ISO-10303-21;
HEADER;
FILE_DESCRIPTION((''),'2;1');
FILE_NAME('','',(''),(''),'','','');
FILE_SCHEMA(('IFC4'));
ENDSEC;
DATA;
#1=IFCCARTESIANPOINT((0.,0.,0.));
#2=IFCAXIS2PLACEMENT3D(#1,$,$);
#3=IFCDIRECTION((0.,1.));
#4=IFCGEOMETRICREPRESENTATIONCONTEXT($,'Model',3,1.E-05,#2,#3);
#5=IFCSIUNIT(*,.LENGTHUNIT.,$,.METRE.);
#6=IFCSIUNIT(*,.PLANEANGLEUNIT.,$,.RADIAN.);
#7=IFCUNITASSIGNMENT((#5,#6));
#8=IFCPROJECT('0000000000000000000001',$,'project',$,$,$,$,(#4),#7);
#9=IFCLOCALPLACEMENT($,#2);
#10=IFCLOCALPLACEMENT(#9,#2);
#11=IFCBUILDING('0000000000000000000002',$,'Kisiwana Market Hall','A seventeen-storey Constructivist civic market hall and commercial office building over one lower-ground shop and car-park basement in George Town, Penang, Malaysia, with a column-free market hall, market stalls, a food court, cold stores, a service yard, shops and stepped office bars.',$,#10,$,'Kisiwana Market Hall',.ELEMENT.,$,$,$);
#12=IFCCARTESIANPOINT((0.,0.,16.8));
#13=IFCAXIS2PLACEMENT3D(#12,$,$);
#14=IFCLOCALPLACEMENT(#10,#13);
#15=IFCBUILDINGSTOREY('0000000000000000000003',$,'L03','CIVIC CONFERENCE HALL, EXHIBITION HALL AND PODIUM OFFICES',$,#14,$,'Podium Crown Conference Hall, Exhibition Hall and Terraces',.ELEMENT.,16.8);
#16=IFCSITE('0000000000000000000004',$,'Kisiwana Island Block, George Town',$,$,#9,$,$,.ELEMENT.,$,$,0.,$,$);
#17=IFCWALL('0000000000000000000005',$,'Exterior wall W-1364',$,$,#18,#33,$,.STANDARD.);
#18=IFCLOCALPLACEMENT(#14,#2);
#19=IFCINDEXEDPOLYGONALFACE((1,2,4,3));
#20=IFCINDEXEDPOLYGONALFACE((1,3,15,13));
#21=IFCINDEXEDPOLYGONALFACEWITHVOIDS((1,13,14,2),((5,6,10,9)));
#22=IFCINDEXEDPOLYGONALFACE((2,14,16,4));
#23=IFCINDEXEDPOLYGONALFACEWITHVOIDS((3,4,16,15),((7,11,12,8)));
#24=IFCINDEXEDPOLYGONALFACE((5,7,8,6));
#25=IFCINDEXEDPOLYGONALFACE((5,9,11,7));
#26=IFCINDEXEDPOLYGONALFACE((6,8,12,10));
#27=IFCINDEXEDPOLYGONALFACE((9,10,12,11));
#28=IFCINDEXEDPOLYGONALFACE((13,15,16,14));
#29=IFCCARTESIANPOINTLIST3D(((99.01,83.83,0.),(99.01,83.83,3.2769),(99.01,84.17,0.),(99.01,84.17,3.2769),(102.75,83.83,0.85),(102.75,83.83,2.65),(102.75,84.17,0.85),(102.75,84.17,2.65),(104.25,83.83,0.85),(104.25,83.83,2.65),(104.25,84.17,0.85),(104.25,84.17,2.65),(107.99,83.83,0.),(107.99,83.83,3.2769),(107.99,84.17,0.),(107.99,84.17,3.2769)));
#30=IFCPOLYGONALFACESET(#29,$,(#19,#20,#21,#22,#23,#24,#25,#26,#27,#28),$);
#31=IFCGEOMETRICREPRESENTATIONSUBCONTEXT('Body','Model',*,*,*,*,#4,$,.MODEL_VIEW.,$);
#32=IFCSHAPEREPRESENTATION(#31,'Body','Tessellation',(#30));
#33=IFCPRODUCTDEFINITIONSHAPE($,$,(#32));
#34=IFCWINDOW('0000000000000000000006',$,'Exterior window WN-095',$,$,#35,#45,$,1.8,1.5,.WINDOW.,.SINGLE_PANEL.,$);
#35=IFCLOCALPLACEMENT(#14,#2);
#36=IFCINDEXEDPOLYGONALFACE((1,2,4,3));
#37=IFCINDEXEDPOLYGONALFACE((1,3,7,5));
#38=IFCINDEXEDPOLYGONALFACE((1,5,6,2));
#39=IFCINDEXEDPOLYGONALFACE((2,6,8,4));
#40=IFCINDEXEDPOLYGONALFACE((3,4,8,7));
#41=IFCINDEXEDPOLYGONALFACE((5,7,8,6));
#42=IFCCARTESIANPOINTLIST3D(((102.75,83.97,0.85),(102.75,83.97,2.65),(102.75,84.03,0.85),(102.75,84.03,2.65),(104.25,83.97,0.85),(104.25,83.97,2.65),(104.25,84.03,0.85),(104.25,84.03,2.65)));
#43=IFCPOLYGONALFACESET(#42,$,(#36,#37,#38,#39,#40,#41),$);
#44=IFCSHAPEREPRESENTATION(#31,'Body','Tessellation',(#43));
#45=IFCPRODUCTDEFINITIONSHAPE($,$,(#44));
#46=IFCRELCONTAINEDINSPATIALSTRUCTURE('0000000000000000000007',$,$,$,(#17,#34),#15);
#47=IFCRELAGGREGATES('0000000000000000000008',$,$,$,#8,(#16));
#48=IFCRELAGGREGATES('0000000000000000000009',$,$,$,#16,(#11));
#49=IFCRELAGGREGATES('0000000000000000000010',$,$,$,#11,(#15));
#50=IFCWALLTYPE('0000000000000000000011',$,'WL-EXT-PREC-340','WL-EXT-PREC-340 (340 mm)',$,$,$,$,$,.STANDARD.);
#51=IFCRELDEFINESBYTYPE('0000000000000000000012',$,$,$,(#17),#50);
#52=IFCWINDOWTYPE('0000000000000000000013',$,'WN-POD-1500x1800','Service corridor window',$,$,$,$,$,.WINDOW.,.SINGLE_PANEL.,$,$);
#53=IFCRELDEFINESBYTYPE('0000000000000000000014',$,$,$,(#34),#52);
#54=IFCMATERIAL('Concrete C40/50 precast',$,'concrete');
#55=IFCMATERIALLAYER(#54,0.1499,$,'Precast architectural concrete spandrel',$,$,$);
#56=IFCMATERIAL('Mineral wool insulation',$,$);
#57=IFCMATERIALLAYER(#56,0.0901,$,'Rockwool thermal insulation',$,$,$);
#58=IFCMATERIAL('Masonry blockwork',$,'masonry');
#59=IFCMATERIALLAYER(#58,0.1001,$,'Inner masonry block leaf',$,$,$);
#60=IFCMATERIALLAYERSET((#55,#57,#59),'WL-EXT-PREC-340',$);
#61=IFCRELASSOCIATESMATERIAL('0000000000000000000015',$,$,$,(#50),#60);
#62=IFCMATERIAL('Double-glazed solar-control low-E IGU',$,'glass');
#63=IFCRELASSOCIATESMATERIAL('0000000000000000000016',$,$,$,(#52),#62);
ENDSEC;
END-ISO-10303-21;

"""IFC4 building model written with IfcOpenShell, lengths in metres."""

from ifc_helpers import new_model, si_unit, direction, frame, frame_2d, origin, place, context, subcontext, project, spatial, rectangle, extrude, material, layer, layer_set, type_object, element, fill, save


model = new_model("IFC4")

# Units and contexts
model_context = context("Model", 3, precision=1e-05, world=origin(), true_north=direction((0.0, 1.0)))
body_context = subcontext(model_context, "Body", "Model", "MODEL_VIEW")
ifc_project = project(units=[si_unit("LENGTHUNIT", "METRE"), si_unit("PLANEANGLEUNIT", "RADIAN")], contexts=[model_context])

# Site, building, storey
site_placement = place(None, origin())
site = spatial("IfcSite", under=ifc_project, at=site_placement, Name="Kisiwana Island Block, George Town", CompositionType="ELEMENT", RefElevation=0.0)
building_placement = place(site_placement, origin())
building = spatial("IfcBuilding", under=site, at=building_placement, Name="Kisiwana Market Hall", Description="A seventeen-storey Constructivist civic market hall and commercial office building over one lower-ground shop and car-park basement in George Town, Penang, Malaysia, with a column-free market hall, market stalls, a food court, cold stores, a service yard, shops and stepped office bars.", LongName="Kisiwana Market Hall", CompositionType="ELEMENT")
storey_placement = place(building_placement, frame((0.0, 0.0, 16.8)))
storey = spatial("IfcBuildingStorey", under=building, at=storey_placement, Name="L03", Description="CIVIC CONFERENCE HALL, EXHIBITION HALL AND PODIUM OFFICES", LongName="Podium Crown Conference Hall, Exhibition Hall and Terraces", CompositionType="ELEMENT", Elevation=16.8)

# Wall, opening, window
ifc_material_1 = material(Name="Concrete C40/50 precast", Category="concrete")
ifc_layer_1 = layer(ifc_material_1, 0.1499, Name="Precast architectural concrete spandrel")
ifc_material_2 = material(Name="Mineral wool insulation")
ifc_layer_2 = layer(ifc_material_2, 0.0901, Name="Rockwool thermal insulation")
ifc_material_3 = material(Name="Masonry blockwork", Category="masonry")
ifc_layer_3 = layer(ifc_material_3, 0.1001, Name="Inner masonry block leaf")
ifc_layer_set_1 = layer_set([ifc_layer_1, ifc_layer_2, ifc_layer_3], Name="WL-EXT-PREC-340")
wall_type = type_object("IfcWallType", Name="WL-EXT-PREC-340", Description="WL-EXT-PREC-340 (340 mm)", PredefinedType="STANDARD", material=ifc_layer_set_1)
ifc_material_4 = material(Name="Double-glazed solar-control low-E IGU", Category="glass")
window_type = type_object("IfcWindowType", Name="WN-POD-1500x1800", Description="Service corridor window", PartitioningType="SINGLE_PANEL", PredefinedType="WINDOW", material=ifc_material_4)
wall_1_placement = place(storey_placement, frame((99.01, 84.0, 0.0), z_axis=(0.0, 0.0, 1.0), x_axis=(1.0, 0.0, 0.0)))
wall_1 = element("IfcWall", 1, at=wall_1_placement, inside=storey, type_object=wall_type, Name="Exterior wall W-1364", PredefinedType="STANDARD", context=body_context, shape_type="SweptSolid", body=[
    extrude(rectangle(XDim=8.98, YDim=0.3401, at=frame_2d((4.49, 0.0))), origin(), (0.0, 0.0, 1.0), 3.2769),
])
opening_1_placement = place(wall_1_placement, frame((3.74, 0.0, 0.8501)))
opening_1 = element("IfcOpeningElement", 2, at=opening_1_placement, cuts=wall_1, PredefinedType="OPENING", context=body_context, shape_type="SweptSolid", body=[
    extrude(rectangle(XDim=1.5, YDim=1.8, at=frame_2d((0.75, 0.8999))), frame((0.0, 0.1821, 0.0), z_axis=(0.0, -1.0, 0.0), x_axis=(1.0, 0.0, 0.0)), (0.0, 0.0, 1.0), 0.364),
])
window_1_placement = place(opening_1_placement, origin())
window_1 = element("IfcWindow", 3, at=window_1_placement, inside=storey, type_object=window_type, Name="Exterior window WN-095", OverallHeight=1.8, OverallWidth=1.5, PartitioningType="SINGLE_PANEL", PredefinedType="WINDOW", context=body_context, shape_type="SweptSolid", body=[
    extrude(rectangle(XDim=1.5, YDim=1.8, at=frame_2d((0.75, 0.8999))), frame((0.0, 0.03, 0.0), z_axis=(0.0, -1.0, 0.0), x_axis=(1.0, 0.0, 0.0)), (0.0, 0.0, 1.0), 0.0601),
])
fill(opening_1, window_1)

save(model, "model.ifc")
